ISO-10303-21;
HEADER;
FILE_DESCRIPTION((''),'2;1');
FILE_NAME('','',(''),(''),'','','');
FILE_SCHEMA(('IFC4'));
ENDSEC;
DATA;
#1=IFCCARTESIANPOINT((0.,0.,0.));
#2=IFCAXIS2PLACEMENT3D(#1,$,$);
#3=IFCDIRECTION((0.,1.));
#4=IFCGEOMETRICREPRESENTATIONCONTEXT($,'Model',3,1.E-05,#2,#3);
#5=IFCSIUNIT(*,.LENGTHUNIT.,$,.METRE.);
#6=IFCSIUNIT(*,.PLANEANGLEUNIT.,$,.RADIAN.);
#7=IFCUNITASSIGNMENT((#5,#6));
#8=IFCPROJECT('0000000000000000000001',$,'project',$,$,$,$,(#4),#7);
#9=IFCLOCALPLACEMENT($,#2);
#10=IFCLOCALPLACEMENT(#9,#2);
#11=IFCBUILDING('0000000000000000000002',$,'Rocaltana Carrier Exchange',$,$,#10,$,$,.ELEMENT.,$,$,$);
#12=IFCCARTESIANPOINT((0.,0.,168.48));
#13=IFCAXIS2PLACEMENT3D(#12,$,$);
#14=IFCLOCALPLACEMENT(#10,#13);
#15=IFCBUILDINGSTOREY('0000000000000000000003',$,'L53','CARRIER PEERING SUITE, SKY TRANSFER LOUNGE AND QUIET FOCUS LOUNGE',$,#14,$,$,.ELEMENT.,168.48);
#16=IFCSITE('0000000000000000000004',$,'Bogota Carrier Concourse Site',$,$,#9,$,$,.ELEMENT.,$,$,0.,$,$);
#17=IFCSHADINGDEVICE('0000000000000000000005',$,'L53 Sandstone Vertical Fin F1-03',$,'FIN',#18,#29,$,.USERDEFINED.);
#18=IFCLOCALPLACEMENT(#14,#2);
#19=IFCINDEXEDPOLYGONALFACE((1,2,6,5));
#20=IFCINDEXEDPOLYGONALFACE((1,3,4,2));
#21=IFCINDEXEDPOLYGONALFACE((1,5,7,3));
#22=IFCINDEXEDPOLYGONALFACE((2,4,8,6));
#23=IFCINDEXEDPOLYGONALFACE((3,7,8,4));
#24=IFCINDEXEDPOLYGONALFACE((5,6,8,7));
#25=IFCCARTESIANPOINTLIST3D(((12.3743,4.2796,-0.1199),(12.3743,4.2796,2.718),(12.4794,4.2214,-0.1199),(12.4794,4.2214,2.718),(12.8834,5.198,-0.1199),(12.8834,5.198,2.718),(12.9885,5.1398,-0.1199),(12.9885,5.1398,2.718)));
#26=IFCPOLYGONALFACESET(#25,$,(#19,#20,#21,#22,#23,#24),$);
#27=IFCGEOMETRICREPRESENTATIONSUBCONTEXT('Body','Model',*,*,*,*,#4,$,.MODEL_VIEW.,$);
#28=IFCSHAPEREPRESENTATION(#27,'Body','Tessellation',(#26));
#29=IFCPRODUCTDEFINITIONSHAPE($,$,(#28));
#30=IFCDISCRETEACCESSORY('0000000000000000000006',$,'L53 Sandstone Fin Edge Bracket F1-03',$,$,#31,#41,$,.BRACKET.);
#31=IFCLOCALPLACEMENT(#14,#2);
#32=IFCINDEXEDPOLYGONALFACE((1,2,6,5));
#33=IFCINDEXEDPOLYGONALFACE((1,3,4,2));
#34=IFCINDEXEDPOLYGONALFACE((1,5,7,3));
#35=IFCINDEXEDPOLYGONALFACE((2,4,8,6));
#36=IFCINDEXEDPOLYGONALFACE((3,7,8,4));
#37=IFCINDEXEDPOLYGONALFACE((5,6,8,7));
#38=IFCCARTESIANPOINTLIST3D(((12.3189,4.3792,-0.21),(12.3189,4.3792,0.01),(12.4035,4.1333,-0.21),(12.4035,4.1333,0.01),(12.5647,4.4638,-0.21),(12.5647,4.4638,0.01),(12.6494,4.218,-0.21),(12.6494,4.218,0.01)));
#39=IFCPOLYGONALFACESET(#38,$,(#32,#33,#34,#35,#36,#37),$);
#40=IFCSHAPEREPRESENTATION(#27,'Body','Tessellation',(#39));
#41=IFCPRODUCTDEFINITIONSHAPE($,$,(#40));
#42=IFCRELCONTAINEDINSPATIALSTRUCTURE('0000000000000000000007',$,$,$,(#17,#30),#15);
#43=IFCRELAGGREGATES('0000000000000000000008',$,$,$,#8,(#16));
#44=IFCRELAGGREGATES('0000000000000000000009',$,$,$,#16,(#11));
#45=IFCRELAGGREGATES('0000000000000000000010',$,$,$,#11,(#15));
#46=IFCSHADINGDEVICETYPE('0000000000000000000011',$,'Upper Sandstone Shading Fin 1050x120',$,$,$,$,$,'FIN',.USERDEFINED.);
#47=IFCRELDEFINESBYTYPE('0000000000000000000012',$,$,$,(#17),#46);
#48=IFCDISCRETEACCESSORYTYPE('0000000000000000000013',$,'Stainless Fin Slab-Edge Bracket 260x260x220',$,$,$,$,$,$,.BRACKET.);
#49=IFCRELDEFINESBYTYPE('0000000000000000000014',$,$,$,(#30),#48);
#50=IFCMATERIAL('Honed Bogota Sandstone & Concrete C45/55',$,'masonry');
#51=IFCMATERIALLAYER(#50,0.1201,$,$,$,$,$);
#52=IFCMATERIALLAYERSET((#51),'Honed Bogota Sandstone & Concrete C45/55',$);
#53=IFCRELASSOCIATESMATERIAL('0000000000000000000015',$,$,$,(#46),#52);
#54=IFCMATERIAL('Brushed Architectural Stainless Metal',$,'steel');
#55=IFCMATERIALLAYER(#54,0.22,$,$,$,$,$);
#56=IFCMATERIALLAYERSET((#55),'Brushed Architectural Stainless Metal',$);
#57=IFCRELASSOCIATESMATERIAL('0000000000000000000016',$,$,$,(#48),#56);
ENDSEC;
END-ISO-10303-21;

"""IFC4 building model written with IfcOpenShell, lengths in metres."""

from ifc_helpers import new_model, si_unit, direction, frame, origin, origin_2d, place, context, subcontext, project, spatial, rectangle, extrude, material, layer, layer_set, type_object, element, save


model = new_model("IFC4")

# Units and contexts
model_context = context("Model", 3, precision=1e-05, world=origin(), true_north=direction((0.0, 1.0)))
body_context = subcontext(model_context, "Body", "Model", "MODEL_VIEW")
ifc_project = project(units=[si_unit("LENGTHUNIT", "METRE"), si_unit("PLANEANGLEUNIT", "RADIAN")], contexts=[model_context])

# Site, building, storey
site_placement = place(None, origin())
site = spatial("IfcSite", under=ifc_project, at=site_placement, Name="Bogota Carrier Concourse Site", CompositionType="ELEMENT", RefElevation=0.0)
building_placement = place(site_placement, origin())
building = spatial("IfcBuilding", under=site, at=building_placement, Name="Rocaltana Carrier Exchange", CompositionType="ELEMENT")
storey_placement = place(building_placement, frame((0.0, 0.0, 168.48)))
storey = spatial("IfcBuildingStorey", under=building, at=storey_placement, Name="L53", Description="CARRIER PEERING SUITE, SKY TRANSFER LOUNGE AND QUIET FOCUS LOUNGE", CompositionType="ELEMENT", Elevation=168.48)

# Shading device
ifc_material_1 = material(Name="Honed Bogota Sandstone & Concrete C45/55", Category="masonry")
ifc_layer_1 = layer(ifc_material_1, 0.1201)
ifc_layer_set_1 = layer_set([ifc_layer_1], Name="Honed Bogota Sandstone & Concrete C45/55")
shading_device_type = type_object("IfcShadingDeviceType", Name="Upper Sandstone Shading Fin 1050x120", ElementType="FIN", PredefinedType="USERDEFINED", material=ifc_layer_set_1)
shading_device_placement = place(storey_placement, frame((12.6814, 4.7097, -0.1199), z_axis=(0.0, 0.0, 1.0), x_axis=(0.48481, 0.87462, 0.0)))
element("IfcShadingDevice", 1, at=shading_device_placement, inside=storey, type_object=shading_device_type, Name="L53 Sandstone Vertical Fin F1-03", ObjectType="FIN", PredefinedType="USERDEFINED", context=body_context, shape_type="SweptSolid", body=[
    extrude(rectangle(XDim=1.05, YDim=0.1201, at=origin_2d()), origin(), (0.0, 0.0, 1.0), 2.8379),
])

# Discrete accessory
ifc_material_2 = material(Name="Brushed Architectural Stainless Metal", Category="steel")
ifc_layer_2 = layer(ifc_material_2, 0.22)
ifc_layer_set_2 = layer_set([ifc_layer_2], Name="Brushed Architectural Stainless Metal")
discrete_accessory_type = type_object("IfcDiscreteAccessoryType", Name="Stainless Fin Slab-Edge Bracket 260x260x220", PredefinedType="BRACKET", material=ifc_layer_set_2)
discrete_accessory_placement = place(storey_placement, frame((12.4841, 4.2986, -0.21), z_axis=(0.0, 0.0, 1.0), x_axis=(-0.325568, 0.945519, 0.0)))
element("IfcDiscreteAccessory", 2, at=discrete_accessory_placement, inside=storey, type_object=discrete_accessory_type, Name="L53 Sandstone Fin Edge Bracket F1-03", PredefinedType="BRACKET", context=body_context, shape_type="SweptSolid", body=[
    extrude(rectangle(XDim=0.26, YDim=0.26, at=origin_2d()), origin(), (0.0, 0.0, 1.0), 0.22),
])

save(model, "model.ifc")
